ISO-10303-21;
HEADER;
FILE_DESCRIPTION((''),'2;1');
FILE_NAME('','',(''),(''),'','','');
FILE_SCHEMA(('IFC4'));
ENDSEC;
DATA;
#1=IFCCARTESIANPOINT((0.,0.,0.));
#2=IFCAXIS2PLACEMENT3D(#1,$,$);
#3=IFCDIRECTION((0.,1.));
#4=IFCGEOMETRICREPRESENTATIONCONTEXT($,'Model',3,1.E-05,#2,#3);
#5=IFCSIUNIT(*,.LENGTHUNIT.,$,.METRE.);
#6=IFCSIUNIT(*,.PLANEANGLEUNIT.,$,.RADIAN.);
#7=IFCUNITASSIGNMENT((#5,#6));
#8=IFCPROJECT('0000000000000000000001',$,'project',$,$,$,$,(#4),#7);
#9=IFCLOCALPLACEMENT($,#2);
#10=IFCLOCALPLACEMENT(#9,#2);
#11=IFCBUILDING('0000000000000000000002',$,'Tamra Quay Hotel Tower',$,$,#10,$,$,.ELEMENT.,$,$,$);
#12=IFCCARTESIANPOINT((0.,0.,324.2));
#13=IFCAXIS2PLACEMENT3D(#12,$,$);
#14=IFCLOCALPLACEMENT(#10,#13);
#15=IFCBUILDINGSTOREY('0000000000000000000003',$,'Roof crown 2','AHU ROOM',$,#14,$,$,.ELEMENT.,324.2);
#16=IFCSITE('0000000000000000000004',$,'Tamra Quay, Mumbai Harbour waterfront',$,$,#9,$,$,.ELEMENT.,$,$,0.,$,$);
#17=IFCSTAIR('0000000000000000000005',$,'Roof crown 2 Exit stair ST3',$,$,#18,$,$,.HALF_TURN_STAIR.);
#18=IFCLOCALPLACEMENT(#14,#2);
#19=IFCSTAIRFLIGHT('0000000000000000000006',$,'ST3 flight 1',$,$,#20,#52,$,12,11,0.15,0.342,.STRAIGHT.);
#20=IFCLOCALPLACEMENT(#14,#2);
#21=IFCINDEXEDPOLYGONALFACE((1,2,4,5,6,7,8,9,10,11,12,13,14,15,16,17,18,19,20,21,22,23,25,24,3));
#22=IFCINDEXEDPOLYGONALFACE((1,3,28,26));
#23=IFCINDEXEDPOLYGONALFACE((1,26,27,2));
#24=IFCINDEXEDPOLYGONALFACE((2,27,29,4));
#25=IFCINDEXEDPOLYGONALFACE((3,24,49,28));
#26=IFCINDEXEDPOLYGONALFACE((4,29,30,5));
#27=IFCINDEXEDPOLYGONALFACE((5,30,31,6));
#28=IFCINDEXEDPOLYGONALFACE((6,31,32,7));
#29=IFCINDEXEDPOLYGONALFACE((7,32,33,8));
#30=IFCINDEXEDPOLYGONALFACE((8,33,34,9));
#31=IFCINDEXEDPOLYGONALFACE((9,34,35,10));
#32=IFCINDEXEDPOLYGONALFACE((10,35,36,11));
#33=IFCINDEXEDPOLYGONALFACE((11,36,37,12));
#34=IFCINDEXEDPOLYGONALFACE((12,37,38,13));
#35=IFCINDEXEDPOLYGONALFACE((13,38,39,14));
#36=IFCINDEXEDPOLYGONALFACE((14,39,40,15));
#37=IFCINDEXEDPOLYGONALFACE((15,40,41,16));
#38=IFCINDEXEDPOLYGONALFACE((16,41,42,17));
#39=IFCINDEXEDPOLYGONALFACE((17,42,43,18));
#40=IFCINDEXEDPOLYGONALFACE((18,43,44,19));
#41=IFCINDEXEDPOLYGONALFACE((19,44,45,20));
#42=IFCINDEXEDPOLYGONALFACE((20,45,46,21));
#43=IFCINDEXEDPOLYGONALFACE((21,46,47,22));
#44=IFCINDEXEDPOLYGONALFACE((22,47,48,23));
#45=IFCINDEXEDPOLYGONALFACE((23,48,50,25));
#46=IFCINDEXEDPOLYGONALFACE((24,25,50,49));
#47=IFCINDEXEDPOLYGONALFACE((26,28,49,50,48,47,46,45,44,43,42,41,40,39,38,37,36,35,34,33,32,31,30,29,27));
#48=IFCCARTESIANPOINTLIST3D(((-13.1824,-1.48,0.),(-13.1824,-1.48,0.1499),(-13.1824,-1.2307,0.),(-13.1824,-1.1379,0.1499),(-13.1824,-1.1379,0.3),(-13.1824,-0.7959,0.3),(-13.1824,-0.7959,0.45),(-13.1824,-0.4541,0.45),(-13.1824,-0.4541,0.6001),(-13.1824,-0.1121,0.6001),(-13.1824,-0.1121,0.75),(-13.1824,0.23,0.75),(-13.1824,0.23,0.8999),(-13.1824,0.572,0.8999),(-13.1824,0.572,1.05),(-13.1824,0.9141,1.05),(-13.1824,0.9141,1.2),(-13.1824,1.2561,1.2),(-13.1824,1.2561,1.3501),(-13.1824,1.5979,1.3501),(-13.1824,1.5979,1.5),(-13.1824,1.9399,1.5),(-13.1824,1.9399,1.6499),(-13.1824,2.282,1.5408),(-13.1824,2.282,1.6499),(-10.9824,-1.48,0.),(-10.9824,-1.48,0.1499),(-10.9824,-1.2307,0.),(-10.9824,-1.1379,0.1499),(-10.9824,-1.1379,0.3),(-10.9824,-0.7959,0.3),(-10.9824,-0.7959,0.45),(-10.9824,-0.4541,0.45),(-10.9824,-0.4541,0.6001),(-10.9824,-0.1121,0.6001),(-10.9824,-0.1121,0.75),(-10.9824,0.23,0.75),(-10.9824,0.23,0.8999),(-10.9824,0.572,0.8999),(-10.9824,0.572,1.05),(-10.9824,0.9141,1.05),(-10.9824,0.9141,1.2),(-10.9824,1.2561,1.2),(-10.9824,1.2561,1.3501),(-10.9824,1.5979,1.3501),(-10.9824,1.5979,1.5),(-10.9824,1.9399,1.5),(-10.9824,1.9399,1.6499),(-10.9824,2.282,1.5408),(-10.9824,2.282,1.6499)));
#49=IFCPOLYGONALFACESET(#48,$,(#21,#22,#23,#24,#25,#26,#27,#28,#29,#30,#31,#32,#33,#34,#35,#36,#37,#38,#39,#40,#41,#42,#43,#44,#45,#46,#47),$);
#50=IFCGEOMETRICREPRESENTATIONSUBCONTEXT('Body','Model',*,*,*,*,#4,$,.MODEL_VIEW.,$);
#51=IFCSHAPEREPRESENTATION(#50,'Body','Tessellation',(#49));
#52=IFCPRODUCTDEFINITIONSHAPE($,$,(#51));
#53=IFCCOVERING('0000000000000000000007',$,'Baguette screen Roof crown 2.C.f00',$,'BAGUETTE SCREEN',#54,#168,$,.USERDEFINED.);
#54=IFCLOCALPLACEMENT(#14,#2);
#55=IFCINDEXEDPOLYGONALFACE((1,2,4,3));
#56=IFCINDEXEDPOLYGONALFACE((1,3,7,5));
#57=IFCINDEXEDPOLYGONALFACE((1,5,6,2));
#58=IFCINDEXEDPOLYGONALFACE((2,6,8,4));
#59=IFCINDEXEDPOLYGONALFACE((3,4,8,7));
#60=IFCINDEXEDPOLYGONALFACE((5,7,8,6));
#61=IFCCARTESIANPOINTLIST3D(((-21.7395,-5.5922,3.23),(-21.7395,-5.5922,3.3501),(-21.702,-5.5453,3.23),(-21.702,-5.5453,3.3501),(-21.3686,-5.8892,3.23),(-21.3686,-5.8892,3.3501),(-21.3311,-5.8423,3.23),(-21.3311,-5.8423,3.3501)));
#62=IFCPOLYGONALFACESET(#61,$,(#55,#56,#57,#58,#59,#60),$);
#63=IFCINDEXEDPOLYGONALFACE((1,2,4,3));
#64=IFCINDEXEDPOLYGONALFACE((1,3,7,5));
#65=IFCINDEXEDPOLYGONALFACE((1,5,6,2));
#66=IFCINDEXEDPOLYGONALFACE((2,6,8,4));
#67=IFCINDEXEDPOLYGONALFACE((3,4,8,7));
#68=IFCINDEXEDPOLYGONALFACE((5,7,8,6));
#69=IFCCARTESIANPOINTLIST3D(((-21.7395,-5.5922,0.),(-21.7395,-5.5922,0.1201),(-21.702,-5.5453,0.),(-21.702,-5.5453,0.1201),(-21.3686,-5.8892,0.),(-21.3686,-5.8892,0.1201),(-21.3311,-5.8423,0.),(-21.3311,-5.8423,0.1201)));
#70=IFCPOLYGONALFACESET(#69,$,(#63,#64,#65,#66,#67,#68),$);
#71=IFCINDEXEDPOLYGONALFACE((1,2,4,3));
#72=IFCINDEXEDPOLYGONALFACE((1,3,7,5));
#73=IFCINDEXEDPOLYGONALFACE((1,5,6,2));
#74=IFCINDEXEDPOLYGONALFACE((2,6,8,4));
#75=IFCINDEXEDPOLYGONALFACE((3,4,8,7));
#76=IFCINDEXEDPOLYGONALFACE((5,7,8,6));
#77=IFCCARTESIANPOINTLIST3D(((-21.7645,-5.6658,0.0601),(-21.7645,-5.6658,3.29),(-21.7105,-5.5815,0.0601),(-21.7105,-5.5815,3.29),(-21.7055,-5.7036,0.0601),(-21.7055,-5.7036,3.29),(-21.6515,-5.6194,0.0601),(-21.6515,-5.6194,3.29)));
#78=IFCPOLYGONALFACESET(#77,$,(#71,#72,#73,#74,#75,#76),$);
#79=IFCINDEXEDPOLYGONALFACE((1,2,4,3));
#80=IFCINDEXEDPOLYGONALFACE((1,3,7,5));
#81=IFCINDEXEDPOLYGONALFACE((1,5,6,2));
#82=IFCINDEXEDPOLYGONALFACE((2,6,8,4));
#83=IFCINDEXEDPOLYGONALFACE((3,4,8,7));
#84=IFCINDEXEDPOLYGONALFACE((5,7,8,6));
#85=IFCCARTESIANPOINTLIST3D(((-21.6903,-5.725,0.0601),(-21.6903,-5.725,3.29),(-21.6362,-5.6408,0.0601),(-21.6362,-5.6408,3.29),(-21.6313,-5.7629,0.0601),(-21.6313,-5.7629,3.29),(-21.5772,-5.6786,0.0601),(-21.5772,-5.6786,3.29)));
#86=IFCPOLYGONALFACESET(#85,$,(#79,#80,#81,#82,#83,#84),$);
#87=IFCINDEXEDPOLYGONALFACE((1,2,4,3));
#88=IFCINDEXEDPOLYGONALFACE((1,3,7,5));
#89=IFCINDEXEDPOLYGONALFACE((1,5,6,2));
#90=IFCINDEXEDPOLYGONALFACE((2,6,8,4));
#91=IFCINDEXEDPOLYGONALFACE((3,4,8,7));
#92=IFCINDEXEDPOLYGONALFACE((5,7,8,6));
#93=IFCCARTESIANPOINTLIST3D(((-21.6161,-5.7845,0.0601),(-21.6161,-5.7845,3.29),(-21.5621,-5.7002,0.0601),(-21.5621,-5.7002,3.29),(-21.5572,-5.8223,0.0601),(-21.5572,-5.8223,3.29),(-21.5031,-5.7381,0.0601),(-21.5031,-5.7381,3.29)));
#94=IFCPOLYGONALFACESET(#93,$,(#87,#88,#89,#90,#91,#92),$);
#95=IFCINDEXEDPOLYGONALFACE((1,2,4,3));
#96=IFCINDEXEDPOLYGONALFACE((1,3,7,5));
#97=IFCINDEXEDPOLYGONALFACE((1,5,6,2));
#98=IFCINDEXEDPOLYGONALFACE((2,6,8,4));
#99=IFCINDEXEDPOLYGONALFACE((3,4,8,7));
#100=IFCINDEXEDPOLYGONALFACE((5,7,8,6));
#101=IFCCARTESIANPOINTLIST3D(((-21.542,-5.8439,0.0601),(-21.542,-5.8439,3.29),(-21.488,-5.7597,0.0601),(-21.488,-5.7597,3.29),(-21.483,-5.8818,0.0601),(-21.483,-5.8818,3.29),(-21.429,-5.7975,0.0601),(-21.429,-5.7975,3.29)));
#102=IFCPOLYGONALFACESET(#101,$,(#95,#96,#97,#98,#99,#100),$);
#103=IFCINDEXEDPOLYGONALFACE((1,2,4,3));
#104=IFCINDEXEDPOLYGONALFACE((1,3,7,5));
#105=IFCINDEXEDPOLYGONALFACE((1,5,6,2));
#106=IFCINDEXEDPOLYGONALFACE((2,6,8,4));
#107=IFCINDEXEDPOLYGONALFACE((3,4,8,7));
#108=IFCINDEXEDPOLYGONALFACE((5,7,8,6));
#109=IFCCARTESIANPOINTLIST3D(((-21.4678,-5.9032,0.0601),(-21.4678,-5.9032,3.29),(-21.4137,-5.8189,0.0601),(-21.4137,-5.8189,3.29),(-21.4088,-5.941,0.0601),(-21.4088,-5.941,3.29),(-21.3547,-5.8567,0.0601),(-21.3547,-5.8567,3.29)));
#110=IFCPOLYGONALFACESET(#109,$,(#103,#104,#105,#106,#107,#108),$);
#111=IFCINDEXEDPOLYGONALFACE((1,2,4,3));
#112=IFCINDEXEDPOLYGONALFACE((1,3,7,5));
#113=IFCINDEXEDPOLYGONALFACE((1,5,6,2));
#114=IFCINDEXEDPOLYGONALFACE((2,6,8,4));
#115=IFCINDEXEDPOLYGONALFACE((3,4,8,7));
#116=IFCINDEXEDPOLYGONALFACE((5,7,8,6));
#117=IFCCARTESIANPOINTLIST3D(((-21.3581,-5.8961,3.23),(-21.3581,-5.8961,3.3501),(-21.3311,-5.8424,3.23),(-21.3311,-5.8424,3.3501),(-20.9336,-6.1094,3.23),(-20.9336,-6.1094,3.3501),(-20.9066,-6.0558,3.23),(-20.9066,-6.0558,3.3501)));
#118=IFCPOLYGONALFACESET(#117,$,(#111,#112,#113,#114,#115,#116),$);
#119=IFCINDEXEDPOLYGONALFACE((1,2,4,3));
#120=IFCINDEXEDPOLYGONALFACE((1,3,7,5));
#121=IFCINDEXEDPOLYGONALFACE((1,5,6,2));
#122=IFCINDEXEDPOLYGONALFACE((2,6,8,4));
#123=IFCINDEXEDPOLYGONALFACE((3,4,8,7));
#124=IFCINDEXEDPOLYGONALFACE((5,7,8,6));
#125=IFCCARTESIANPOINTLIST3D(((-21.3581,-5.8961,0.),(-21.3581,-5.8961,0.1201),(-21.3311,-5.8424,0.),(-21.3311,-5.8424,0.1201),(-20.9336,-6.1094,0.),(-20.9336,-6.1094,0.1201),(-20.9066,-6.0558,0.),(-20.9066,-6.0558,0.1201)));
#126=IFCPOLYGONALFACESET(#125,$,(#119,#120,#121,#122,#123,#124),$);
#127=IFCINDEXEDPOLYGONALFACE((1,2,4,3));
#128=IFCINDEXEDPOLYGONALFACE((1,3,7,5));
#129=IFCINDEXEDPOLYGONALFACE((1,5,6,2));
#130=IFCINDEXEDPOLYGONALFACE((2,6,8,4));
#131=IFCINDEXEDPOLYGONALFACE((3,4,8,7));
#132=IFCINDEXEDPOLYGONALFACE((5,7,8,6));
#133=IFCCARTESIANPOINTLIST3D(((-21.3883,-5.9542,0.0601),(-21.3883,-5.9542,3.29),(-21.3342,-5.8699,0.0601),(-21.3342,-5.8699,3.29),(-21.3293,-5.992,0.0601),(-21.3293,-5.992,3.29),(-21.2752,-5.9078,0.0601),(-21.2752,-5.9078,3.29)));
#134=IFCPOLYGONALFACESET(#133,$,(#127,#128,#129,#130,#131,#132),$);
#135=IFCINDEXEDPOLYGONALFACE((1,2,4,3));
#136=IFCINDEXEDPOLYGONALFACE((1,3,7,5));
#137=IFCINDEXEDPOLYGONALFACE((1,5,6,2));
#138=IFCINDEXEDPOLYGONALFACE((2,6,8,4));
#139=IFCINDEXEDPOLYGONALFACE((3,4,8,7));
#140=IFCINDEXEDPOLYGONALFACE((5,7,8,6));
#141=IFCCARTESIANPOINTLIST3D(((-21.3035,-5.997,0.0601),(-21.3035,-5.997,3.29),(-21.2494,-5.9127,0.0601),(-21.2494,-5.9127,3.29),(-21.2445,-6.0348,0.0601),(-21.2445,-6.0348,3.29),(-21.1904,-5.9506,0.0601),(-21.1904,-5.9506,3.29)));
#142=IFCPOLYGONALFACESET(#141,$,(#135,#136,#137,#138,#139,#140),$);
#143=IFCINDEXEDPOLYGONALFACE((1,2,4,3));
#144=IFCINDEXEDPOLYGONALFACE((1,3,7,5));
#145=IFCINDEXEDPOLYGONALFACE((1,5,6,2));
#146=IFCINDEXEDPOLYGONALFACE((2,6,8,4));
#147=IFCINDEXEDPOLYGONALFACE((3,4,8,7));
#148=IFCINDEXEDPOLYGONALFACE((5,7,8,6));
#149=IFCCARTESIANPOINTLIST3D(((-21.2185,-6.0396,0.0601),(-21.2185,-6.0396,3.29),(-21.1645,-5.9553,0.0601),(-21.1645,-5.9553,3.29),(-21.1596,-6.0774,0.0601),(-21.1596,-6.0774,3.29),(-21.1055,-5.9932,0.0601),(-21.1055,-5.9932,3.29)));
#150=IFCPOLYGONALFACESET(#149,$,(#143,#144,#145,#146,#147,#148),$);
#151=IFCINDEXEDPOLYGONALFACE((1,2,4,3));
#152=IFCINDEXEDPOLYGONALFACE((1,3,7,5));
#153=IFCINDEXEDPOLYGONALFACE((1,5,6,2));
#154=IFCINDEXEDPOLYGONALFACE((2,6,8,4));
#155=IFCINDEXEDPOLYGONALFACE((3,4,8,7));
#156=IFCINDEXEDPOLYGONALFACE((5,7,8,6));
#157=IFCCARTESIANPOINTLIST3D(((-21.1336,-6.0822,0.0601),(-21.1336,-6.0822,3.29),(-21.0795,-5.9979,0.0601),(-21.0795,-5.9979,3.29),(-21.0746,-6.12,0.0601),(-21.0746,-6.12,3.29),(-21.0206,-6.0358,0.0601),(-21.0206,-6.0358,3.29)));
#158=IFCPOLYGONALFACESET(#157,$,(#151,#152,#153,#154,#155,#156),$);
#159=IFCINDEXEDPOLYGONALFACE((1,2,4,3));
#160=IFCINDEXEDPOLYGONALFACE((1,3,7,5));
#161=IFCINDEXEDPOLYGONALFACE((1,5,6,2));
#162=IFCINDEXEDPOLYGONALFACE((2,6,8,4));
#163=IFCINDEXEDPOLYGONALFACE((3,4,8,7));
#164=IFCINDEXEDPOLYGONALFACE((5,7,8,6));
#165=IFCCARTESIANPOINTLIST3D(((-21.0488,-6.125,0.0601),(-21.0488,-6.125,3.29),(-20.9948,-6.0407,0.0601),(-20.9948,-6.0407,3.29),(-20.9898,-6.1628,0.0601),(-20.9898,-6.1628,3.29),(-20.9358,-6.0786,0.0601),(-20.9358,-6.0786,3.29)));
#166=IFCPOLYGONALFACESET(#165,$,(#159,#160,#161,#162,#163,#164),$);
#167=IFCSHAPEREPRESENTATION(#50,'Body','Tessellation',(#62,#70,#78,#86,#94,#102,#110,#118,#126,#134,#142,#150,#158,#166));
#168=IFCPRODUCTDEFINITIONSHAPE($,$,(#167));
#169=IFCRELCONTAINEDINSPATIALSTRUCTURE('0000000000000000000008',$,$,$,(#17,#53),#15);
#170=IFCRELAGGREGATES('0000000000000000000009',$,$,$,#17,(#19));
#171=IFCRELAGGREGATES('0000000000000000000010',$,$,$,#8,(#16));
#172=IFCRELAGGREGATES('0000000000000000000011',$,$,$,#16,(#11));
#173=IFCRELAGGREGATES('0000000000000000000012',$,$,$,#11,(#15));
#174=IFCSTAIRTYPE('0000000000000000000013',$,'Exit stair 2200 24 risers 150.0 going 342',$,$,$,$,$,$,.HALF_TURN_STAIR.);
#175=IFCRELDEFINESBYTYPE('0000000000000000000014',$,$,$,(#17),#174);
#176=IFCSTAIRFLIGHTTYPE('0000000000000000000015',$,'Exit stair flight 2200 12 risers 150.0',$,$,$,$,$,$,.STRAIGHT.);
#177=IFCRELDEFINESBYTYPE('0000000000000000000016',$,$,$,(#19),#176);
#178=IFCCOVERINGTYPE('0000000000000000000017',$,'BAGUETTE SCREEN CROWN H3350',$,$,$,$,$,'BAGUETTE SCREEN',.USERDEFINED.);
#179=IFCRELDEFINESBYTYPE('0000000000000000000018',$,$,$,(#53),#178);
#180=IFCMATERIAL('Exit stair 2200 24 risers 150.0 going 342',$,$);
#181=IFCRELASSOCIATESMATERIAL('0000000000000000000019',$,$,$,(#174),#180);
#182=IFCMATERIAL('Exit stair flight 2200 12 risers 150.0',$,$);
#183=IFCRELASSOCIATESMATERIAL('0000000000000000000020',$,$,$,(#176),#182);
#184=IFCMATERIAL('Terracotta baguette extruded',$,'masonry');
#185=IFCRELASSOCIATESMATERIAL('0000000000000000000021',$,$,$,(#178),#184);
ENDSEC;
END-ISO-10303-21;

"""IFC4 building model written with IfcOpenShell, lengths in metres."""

from ifc_helpers import new_model, si_unit, direction, frame, frame_2d, origin, place, context, subcontext, project, spatial, polyline, rectangle, outline, extrude, source, transform, mapped, material, type_object, element, aggregate, save


model = new_model("IFC4")

# Units and contexts
model_context = context("Model", 3, precision=1e-05, world=origin(), true_north=direction((0.0, 1.0)))
body_context = subcontext(model_context, "Body", "Model", "MODEL_VIEW")
ifc_project = project(units=[si_unit("LENGTHUNIT", "METRE"), si_unit("PLANEANGLEUNIT", "RADIAN")], contexts=[model_context])

# Site, building, storey
site_placement = place(None, origin())
site = spatial("IfcSite", under=ifc_project, at=site_placement, Name="Tamra Quay, Mumbai Harbour waterfront", CompositionType="ELEMENT", RefElevation=0.0)
building_placement = place(site_placement, origin())
building = spatial("IfcBuilding", under=site, at=building_placement, Name="Tamra Quay Hotel Tower", CompositionType="ELEMENT")
storey_placement = place(building_placement, frame((0.0, 0.0, 324.2)))
storey = spatial("IfcBuildingStorey", under=building, at=storey_placement, Name="Roof crown 2", Description="AHU ROOM", CompositionType="ELEMENT", Elevation=324.2)

# Stair, stair flight
ifc_material_1 = material(Name="Exit stair 2200 24 risers 150.0 going 342")
stair_type = type_object("IfcStairType", Name="Exit stair 2200 24 risers 150.0 going 342", PredefinedType="HALF_TURN_STAIR", material=ifc_material_1)
stair_placement = place(storey_placement, origin())
stair = element("IfcStair", 1, at=stair_placement, inside=storey, type_object=stair_type, Name="Roof crown 2 Exit stair ST3", PredefinedType="HALF_TURN_STAIR")
ifc_material_2 = material(Name="Exit stair flight 2200 12 risers 150.0")
stair_flight_type = type_object("IfcStairFlightType", Name="Exit stair flight 2200 12 risers 150.0", PredefinedType="STRAIGHT", material=ifc_material_2)
stair_flight_placement = place(storey_placement, frame((-12.0823, -1.48, 0.0), z_axis=(0.0, 0.0, 1.0), x_axis=(0.0, 1.0, 0.0)))
stair_flight = element("IfcStairFlight", 2, at=stair_flight_placement, type_object=stair_flight_type, Name="ST3 flight 1", NumberOfRisers=12, NumberOfTreads=11, PredefinedType="STRAIGHT", RiserHeight=0.15, TreadLength=0.342, context=body_context, shape_type="SweptSolid", body=[
    extrude(outline(polyline([(0.0, 0.0), (0.0, 0.1499), (0.342, 0.1499), (0.342, 0.3), (0.6841, 0.3), (0.6841, 0.45), (1.0259, 0.45), (1.0259, 0.6001), (1.3679, 0.6001), (1.3679, 0.75), (1.71, 0.75), (1.71, 0.8999), (2.052, 0.8999), (2.052, 1.05), (2.394, 1.05), (2.394, 1.2), (2.7361, 1.2), (2.7361, 1.3501), (3.0779, 1.3501), (3.0779, 1.5), (3.4199, 1.5), (3.4199, 1.6499), (3.762, 1.6499), (3.762, 1.8), (3.762, 1.5408), (0.2493, 0.0), (0.0, 0.0)])), frame((0.0, 1.1001, 0.0), z_axis=(0.0, -1.0, 0.0), x_axis=(1.0, 0.0, 0.0)), (0.0, 0.0, 1.0), 2.2),
])
aggregate(stair, [stair_flight])

# Covering
ifc_material_3 = material(Name="Terracotta baguette extruded", Category="masonry")
covering_type = type_object("IfcCoveringType", Name="BAGUETTE SCREEN CROWN H3350", ElementType="BAGUETTE SCREEN", PredefinedType="USERDEFINED", material=ifc_material_3)
shared_shape_1 = source(origin(), body_context, "Body", "SweptSolid", [
    extrude(rectangle(XDim=0.4751, YDim=0.0601, at=frame_2d((0.2375, 0.03))), frame((-0.4788, -0.0576, -0.1201), z_axis=(0.0, 0.0, 1.0), x_axis=(0.994522, -0.104528, 0.0)), (0.0, 0.0, 1.0), 0.1201),
    extrude(rectangle(XDim=0.4751, YDim=0.0601, at=frame_2d((0.2375, 0.03))), frame((-0.4788, -0.0576, -3.3501), z_axis=(0.0, 0.0, 1.0), x_axis=(0.994522, -0.104528, 0.0)), (0.0, 0.0, 1.0), 0.1201),
    extrude(rectangle(XDim=0.0701, YDim=0.1001, at=frame_2d((0.0352, 0.05))), frame((-0.4602, -0.1331, -3.29)), (0.0, 0.0, 1.0), 3.23),
    extrude(rectangle(XDim=0.0701, YDim=0.1001, at=frame_2d((0.0352, 0.05))), frame((-0.3657, -0.1428, -3.29)), (0.0, 0.0, 1.0), 3.23),
    extrude(rectangle(XDim=0.0701, YDim=0.1001, at=frame_2d((0.0352, 0.05))), frame((-0.2712, -0.1528, -3.29)), (0.0, 0.0, 1.0), 3.23),
    extrude(rectangle(XDim=0.0701, YDim=0.1001, at=frame_2d((0.0352, 0.05))), frame((-0.1768, -0.1628, -3.29)), (0.0, 0.0, 1.0), 3.23),
    extrude(rectangle(XDim=0.0701, YDim=0.1001, at=frame_2d((0.0352, 0.05))), frame((-0.0823, -0.1726, -3.29)), (0.0, 0.0, 1.0), 3.23),
    extrude(rectangle(XDim=0.4751, YDim=0.0601, at=frame_2d((0.2375, 0.03))), frame((0.0063, -0.1074, -0.1201), z_axis=(0.0, 0.0, 1.0), x_axis=(0.994522, 0.104528, 0.0)), (0.0, 0.0, 1.0), 0.1201),
    extrude(rectangle(XDim=0.4751, YDim=0.0601, at=frame_2d((0.2375, 0.03))), frame((0.0063, -0.1074, -3.3501), z_axis=(0.0, 0.0, 1.0), x_axis=(0.994522, 0.104528, 0.0)), (0.0, 0.0, 1.0), 0.1201),
    extrude(rectangle(XDim=0.0701, YDim=0.1001, at=frame_2d((0.0352, 0.05))), frame((0.0122, -0.1726, -3.29)), (0.0, 0.0, 1.0), 3.23),
    extrude(rectangle(XDim=0.0701, YDim=0.1001, at=frame_2d((0.0352, 0.05))), frame((0.1067, -0.1628, -3.29)), (0.0, 0.0, 1.0), 3.23),
    extrude(rectangle(XDim=0.0701, YDim=0.1001, at=frame_2d((0.0352, 0.05))), frame((0.2012, -0.1528, -3.29)), (0.0, 0.0, 1.0), 3.23),
    extrude(rectangle(XDim=0.0701, YDim=0.1001, at=frame_2d((0.0352, 0.05))), frame((0.2957, -0.1428, -3.29)), (0.0, 0.0, 1.0), 3.23),
    extrude(rectangle(XDim=0.0701, YDim=0.1001, at=frame_2d((0.0352, 0.05))), frame((0.3901, -0.1331, -3.29)), (0.0, 0.0, 1.0), 3.23),
])
covering_1_placement = place(storey_placement, frame((-21.3054, -5.8022, 3.3501), z_axis=(0.0, 0.0, 1.0), x_axis=(0.841665, -0.54, 0.0)))
element("IfcCovering", 3, at=covering_1_placement, inside=storey, type_object=covering_type, Name="Baguette screen Roof crown 2.C.f00", ObjectType="BAGUETTE SCREEN", PredefinedType="USERDEFINED", context=body_context, shape_type="MappedRepresentation", body=[
    mapped(shared_shape_1, transform((0.0, 0.0, 0.0), scale=1.0)),
])

save(model, "model.ifc")
